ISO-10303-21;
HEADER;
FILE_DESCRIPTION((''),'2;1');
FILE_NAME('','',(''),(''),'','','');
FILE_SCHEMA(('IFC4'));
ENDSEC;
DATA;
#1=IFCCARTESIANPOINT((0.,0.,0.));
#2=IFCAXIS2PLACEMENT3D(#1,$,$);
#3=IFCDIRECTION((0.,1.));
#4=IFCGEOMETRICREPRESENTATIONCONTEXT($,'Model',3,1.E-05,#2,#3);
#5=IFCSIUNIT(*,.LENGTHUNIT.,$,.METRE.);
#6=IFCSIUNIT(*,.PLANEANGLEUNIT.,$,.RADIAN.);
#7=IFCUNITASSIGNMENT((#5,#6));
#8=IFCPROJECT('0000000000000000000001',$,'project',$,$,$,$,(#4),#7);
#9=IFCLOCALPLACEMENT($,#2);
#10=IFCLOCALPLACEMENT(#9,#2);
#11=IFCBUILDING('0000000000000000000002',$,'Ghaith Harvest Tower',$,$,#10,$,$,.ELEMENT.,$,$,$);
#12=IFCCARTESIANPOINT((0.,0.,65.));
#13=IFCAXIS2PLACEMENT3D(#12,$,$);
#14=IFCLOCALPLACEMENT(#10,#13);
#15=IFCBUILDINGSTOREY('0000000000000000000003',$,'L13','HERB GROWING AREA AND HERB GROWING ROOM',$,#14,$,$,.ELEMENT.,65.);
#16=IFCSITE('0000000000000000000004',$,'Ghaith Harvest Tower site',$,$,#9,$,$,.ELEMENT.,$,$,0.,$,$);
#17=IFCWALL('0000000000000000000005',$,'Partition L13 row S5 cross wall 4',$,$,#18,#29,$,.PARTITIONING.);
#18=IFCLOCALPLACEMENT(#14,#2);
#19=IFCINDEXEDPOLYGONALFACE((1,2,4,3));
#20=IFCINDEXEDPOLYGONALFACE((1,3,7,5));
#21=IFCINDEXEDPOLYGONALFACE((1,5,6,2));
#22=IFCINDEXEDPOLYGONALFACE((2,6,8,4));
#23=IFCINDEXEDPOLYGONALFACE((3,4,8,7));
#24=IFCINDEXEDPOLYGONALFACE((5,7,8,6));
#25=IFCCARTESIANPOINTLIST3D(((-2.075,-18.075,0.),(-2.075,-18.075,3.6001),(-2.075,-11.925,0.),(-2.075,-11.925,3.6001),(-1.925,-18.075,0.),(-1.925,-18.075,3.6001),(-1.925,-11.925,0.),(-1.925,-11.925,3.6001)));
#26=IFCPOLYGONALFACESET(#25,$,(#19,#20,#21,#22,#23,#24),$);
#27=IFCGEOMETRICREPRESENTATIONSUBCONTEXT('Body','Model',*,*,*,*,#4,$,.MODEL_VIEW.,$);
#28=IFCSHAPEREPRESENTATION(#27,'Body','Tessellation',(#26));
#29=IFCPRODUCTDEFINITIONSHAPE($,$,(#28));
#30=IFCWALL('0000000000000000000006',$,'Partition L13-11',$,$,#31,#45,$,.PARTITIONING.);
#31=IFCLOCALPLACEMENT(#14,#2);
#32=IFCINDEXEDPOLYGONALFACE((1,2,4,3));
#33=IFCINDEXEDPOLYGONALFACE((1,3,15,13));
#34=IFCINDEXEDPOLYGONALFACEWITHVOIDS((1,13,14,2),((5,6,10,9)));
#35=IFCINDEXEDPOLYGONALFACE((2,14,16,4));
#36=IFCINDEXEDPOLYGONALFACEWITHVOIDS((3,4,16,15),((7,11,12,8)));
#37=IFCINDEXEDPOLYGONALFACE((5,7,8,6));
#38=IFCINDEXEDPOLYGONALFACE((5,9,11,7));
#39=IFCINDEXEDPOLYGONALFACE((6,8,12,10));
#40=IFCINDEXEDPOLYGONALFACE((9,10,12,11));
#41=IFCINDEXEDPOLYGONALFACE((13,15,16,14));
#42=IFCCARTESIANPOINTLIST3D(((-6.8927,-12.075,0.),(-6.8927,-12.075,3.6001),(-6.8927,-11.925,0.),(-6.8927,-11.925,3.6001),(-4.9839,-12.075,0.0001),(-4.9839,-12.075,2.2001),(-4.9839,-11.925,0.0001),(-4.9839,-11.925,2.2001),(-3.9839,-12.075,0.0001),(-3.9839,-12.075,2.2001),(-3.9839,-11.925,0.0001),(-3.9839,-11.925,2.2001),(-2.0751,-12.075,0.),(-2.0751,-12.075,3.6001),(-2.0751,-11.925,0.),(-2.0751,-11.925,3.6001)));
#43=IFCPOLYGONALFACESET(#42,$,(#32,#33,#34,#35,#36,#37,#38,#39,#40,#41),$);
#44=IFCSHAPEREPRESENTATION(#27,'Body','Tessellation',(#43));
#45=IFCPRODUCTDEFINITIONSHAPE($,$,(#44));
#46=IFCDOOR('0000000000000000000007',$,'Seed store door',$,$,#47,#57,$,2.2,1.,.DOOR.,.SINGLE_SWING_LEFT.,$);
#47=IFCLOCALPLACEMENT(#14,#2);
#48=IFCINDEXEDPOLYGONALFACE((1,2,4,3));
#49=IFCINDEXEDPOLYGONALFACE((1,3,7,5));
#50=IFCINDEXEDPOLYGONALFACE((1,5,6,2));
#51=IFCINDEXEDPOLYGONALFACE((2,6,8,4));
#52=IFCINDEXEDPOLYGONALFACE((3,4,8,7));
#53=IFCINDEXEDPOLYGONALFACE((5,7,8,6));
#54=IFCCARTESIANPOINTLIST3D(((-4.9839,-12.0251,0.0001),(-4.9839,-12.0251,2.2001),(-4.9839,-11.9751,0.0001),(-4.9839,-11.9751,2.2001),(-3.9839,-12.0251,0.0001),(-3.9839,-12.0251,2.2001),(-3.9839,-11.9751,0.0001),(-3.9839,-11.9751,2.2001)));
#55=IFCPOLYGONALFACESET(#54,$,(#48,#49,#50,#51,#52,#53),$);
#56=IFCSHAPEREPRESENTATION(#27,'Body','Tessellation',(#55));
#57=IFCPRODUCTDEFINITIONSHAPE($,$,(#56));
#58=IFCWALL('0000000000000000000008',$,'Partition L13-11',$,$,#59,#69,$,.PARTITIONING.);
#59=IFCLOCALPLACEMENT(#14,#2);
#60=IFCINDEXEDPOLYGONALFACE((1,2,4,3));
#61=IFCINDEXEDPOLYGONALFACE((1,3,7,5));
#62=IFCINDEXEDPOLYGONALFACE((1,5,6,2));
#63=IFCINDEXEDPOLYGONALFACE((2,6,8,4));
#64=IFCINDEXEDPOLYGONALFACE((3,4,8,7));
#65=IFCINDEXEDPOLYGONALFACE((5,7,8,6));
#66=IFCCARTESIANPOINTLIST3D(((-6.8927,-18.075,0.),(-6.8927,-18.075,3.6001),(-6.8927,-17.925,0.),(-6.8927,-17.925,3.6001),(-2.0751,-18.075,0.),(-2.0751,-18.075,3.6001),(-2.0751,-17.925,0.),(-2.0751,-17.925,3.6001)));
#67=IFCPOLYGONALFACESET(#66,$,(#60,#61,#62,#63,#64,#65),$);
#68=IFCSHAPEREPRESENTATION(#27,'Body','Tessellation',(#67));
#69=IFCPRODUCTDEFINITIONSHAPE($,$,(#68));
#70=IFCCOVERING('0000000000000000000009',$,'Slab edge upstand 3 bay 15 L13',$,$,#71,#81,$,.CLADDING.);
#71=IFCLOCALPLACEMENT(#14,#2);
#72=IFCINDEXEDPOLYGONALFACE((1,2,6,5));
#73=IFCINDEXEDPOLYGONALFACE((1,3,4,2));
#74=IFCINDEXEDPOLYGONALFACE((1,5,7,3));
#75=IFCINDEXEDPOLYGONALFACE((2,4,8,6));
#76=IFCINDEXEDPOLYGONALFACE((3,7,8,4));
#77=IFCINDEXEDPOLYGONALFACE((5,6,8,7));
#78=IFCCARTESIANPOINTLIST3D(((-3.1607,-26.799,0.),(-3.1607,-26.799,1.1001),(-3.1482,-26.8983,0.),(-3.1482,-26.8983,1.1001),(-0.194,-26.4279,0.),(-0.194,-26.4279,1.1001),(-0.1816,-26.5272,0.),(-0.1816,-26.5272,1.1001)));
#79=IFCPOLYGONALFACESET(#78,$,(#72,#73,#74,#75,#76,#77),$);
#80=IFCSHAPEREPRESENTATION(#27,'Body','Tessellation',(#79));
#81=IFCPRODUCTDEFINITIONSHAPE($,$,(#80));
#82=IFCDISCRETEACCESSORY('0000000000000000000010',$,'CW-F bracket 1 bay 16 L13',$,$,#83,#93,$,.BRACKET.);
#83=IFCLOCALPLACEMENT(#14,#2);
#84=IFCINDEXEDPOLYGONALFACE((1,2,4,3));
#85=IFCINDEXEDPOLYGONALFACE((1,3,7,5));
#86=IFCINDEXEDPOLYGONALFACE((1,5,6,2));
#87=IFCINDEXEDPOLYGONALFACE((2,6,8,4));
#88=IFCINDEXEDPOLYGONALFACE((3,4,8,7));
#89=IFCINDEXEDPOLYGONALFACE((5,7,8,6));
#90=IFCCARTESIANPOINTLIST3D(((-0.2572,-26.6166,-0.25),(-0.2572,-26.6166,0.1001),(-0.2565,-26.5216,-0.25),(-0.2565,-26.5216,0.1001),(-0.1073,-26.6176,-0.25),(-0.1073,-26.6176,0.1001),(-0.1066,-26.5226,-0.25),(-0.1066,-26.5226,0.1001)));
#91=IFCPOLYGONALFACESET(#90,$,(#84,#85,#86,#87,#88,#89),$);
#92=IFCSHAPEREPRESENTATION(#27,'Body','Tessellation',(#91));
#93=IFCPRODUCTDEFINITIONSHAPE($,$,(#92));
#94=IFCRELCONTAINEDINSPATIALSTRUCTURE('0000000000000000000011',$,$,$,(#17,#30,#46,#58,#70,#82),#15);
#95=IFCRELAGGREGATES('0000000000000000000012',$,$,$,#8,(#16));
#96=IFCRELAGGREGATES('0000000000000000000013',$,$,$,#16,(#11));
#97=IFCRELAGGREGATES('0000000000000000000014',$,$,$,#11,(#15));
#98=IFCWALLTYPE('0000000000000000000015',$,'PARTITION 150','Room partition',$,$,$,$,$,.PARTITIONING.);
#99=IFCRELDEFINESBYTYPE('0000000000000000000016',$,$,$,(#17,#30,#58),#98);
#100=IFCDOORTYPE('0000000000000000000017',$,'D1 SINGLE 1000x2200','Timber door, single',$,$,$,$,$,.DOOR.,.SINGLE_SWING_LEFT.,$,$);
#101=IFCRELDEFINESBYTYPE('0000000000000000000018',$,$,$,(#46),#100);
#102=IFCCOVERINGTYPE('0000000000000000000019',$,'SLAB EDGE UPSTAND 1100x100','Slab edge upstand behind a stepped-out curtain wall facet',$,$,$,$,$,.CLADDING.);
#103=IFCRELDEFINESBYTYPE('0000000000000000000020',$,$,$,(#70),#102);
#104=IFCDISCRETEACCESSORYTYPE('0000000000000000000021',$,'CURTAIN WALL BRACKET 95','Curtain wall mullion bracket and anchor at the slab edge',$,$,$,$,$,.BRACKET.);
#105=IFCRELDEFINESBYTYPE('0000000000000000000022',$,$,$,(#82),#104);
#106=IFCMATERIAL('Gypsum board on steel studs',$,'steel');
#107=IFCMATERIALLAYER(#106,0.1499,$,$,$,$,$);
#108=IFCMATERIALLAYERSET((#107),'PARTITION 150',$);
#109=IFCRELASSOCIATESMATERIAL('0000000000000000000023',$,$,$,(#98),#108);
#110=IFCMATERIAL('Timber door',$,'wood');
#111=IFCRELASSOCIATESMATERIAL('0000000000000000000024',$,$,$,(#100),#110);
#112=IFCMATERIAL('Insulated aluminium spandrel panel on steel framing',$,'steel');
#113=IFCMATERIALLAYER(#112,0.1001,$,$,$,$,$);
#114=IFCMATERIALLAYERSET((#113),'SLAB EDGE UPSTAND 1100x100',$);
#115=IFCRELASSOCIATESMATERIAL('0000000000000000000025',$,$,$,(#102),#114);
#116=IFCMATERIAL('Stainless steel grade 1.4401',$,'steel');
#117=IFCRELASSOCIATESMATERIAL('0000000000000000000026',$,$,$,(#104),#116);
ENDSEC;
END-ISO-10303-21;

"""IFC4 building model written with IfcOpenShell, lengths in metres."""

from ifc_helpers import new_model, si_unit, direction, frame, frame_2d, origin, origin_2d, place, context, subcontext, project, spatial, rectangle, extrude, material, layer, layer_set, type_object, element, fill, save


model = new_model("IFC4")

# Units and contexts
model_context = context("Model", 3, precision=1e-05, world=origin(), true_north=direction((0.0, 1.0)))
body_context = subcontext(model_context, "Body", "Model", "MODEL_VIEW")
ifc_project = project(units=[si_unit("LENGTHUNIT", "METRE"), si_unit("PLANEANGLEUNIT", "RADIAN")], contexts=[model_context])

# Site, building, storey
site_placement = place(None, origin())
site = spatial("IfcSite", under=ifc_project, at=site_placement, Name="Ghaith Harvest Tower site", CompositionType="ELEMENT", RefElevation=0.0)
building_placement = place(site_placement, origin())
building = spatial("IfcBuilding", under=site, at=building_placement, Name="Ghaith Harvest Tower", CompositionType="ELEMENT")
storey_placement = place(building_placement, frame((0.0, 0.0, 65.0)))
storey = spatial("IfcBuildingStorey", under=building, at=storey_placement, Name="L13", Description="HERB GROWING AREA AND HERB GROWING ROOM", CompositionType="ELEMENT", Elevation=65.0)

# Wall
ifc_material_1 = material(Name="Gypsum board on steel studs", Category="steel")
ifc_layer_1 = layer(ifc_material_1, 0.1499)
ifc_layer_set_1 = layer_set([ifc_layer_1], Name="PARTITION 150")
wall_type_1 = type_object("IfcWallType", Name="PARTITION 150", Description="Room partition", PredefinedType="PARTITIONING", material=ifc_layer_set_1)
wall_1_placement = place(storey_placement, frame((-2.0, -11.925, 0.0), z_axis=(0.0, 0.0, 1.0), x_axis=(0.0, -1.0, 0.0)))
element("IfcWall", 1, at=wall_1_placement, inside=storey, type_object=wall_type_1, Name="Partition L13 row S5 cross wall 4", PredefinedType="PARTITIONING", context=body_context, shape_type="SweptSolid", body=[
    extrude(rectangle(XDim=6.1499, YDim=0.1499, at=frame_2d((3.075, 0.0))), origin(), (0.0, 0.0, 1.0), 3.6001),
])

# Wall, opening, door
wall_2_placement = place(storey_placement, frame((-6.8926, -12.0, 0.0), z_axis=(0.0, 0.0, 1.0), x_axis=(1.0, 0.0, 0.0)))
wall_2 = element("IfcWall", 2, at=wall_2_placement, inside=storey, type_object=wall_type_1, Name="Partition L13-11", PredefinedType="PARTITIONING", context=body_context, shape_type="SweptSolid", body=[
    extrude(rectangle(XDim=4.8176, YDim=0.1499, at=frame_2d((2.4087, 0.0))), origin(), (0.0, 0.0, 1.0), 3.6001),
])
opening_1_placement = place(wall_2_placement, frame((1.9087, 0.0, 0.0)))
opening_1 = element("IfcOpeningElement", 3, at=opening_1_placement, cuts=wall_2, PredefinedType="OPENING", context=body_context, shape_type="SweptSolid", body=[
    extrude(rectangle(XDim=1.0, YDim=2.2, at=frame_2d((0.5, 1.1001))), frame((0.0, 0.085, 0.0), z_axis=(0.0, -1.0, 0.0), x_axis=(1.0, 0.0, 0.0)), (0.0, 0.0, 1.0), 0.1699),
])
ifc_material_2 = material(Name="Timber door", Category="wood")
door_type_1 = type_object("IfcDoorType", Name="D1 SINGLE 1000x2200", Description="Timber door, single", OperationType="SINGLE_SWING_LEFT", PredefinedType="DOOR", material=ifc_material_2)
door_1_placement = place(opening_1_placement, origin())
door_1 = element("IfcDoor", 4, at=door_1_placement, inside=storey, type_object=door_type_1, Name="Seed store door", OperationType="SINGLE_SWING_LEFT", OverallHeight=2.2, OverallWidth=1.0, PredefinedType="DOOR", context=body_context, shape_type="SweptSolid", body=[
    extrude(rectangle(XDim=1.0, YDim=2.2, at=frame_2d((0.5, 1.1001))), frame((0.0, 0.0249, 0.0), z_axis=(0.0, -1.0, 0.0), x_axis=(1.0, 0.0, 0.0)), (0.0, 0.0, 1.0), 0.05),
])
fill(opening_1, door_1)

# Wall
wall_3_placement = place(storey_placement, frame((-6.8926, -18.0, 0.0), z_axis=(0.0, 0.0, 1.0), x_axis=(1.0, 0.0, 0.0)))
element("IfcWall", 5, at=wall_3_placement, inside=storey, type_object=wall_type_1, Name="Partition L13-11", PredefinedType="PARTITIONING", context=body_context, shape_type="SweptSolid", body=[
    extrude(rectangle(XDim=4.8176, YDim=0.1499, at=frame_2d((2.4087, 0.0))), origin(), (0.0, 0.0, 1.0), 3.6001),
])

# Covering
ifc_material_3 = material(Name="Insulated aluminium spandrel panel on steel framing", Category="steel")
ifc_layer_2 = layer(ifc_material_3, 0.1001)
ifc_layer_set_2 = layer_set([ifc_layer_2], Name="SLAB EDGE UPSTAND 1100x100")
covering_type = type_object("IfcCoveringType", Name="SLAB EDGE UPSTAND 1100x100", Description="Slab edge upstand behind a stepped-out curtain wall facet", PredefinedType="CLADDING", material=ifc_layer_set_2)
covering_placement = place(storey_placement, frame((-1.6711, -26.6631, 0.0), z_axis=(0.0, 0.0, 1.0), x_axis=(0.992265, 0.124139, 0.0)))
element("IfcCovering", 6, at=covering_placement, inside=storey, type_object=covering_type, Name="Slab edge upstand 3 bay 15 L13", PredefinedType="CLADDING", context=body_context, shape_type="SweptSolid", body=[
    extrude(rectangle(XDim=2.9897, YDim=0.1001, at=origin_2d()), origin(), (0.0, 0.0, 1.0), 1.1001),
])

# Discrete accessory
ifc_material_4 = material(Name="Stainless steel grade 1.4401", Category="steel")
discrete_accessory_type = type_object("IfcDiscreteAccessoryType", Name="CURTAIN WALL BRACKET 95", Description="Curtain wall mullion bracket and anchor at the slab edge", PredefinedType="BRACKET", material=ifc_material_4)
discrete_accessory_placement = place(storey_placement, frame((-0.1819, -26.5696, -0.25), z_axis=(0.0, 0.0, 1.0), x_axis=(-0.006844, -0.999977, 0.0)))
element("IfcDiscreteAccessory", 7, at=discrete_accessory_placement, inside=storey, type_object=discrete_accessory_type, Name="CW-F bracket 1 bay 16 L13", PredefinedType="BRACKET", context=body_context, shape_type="SweptSolid", body=[
    extrude(rectangle(XDim=0.095, YDim=0.1499, at=origin_2d()), origin(), (0.0, 0.0, 1.0), 0.3501),
])

save(model, "model.ifc")
